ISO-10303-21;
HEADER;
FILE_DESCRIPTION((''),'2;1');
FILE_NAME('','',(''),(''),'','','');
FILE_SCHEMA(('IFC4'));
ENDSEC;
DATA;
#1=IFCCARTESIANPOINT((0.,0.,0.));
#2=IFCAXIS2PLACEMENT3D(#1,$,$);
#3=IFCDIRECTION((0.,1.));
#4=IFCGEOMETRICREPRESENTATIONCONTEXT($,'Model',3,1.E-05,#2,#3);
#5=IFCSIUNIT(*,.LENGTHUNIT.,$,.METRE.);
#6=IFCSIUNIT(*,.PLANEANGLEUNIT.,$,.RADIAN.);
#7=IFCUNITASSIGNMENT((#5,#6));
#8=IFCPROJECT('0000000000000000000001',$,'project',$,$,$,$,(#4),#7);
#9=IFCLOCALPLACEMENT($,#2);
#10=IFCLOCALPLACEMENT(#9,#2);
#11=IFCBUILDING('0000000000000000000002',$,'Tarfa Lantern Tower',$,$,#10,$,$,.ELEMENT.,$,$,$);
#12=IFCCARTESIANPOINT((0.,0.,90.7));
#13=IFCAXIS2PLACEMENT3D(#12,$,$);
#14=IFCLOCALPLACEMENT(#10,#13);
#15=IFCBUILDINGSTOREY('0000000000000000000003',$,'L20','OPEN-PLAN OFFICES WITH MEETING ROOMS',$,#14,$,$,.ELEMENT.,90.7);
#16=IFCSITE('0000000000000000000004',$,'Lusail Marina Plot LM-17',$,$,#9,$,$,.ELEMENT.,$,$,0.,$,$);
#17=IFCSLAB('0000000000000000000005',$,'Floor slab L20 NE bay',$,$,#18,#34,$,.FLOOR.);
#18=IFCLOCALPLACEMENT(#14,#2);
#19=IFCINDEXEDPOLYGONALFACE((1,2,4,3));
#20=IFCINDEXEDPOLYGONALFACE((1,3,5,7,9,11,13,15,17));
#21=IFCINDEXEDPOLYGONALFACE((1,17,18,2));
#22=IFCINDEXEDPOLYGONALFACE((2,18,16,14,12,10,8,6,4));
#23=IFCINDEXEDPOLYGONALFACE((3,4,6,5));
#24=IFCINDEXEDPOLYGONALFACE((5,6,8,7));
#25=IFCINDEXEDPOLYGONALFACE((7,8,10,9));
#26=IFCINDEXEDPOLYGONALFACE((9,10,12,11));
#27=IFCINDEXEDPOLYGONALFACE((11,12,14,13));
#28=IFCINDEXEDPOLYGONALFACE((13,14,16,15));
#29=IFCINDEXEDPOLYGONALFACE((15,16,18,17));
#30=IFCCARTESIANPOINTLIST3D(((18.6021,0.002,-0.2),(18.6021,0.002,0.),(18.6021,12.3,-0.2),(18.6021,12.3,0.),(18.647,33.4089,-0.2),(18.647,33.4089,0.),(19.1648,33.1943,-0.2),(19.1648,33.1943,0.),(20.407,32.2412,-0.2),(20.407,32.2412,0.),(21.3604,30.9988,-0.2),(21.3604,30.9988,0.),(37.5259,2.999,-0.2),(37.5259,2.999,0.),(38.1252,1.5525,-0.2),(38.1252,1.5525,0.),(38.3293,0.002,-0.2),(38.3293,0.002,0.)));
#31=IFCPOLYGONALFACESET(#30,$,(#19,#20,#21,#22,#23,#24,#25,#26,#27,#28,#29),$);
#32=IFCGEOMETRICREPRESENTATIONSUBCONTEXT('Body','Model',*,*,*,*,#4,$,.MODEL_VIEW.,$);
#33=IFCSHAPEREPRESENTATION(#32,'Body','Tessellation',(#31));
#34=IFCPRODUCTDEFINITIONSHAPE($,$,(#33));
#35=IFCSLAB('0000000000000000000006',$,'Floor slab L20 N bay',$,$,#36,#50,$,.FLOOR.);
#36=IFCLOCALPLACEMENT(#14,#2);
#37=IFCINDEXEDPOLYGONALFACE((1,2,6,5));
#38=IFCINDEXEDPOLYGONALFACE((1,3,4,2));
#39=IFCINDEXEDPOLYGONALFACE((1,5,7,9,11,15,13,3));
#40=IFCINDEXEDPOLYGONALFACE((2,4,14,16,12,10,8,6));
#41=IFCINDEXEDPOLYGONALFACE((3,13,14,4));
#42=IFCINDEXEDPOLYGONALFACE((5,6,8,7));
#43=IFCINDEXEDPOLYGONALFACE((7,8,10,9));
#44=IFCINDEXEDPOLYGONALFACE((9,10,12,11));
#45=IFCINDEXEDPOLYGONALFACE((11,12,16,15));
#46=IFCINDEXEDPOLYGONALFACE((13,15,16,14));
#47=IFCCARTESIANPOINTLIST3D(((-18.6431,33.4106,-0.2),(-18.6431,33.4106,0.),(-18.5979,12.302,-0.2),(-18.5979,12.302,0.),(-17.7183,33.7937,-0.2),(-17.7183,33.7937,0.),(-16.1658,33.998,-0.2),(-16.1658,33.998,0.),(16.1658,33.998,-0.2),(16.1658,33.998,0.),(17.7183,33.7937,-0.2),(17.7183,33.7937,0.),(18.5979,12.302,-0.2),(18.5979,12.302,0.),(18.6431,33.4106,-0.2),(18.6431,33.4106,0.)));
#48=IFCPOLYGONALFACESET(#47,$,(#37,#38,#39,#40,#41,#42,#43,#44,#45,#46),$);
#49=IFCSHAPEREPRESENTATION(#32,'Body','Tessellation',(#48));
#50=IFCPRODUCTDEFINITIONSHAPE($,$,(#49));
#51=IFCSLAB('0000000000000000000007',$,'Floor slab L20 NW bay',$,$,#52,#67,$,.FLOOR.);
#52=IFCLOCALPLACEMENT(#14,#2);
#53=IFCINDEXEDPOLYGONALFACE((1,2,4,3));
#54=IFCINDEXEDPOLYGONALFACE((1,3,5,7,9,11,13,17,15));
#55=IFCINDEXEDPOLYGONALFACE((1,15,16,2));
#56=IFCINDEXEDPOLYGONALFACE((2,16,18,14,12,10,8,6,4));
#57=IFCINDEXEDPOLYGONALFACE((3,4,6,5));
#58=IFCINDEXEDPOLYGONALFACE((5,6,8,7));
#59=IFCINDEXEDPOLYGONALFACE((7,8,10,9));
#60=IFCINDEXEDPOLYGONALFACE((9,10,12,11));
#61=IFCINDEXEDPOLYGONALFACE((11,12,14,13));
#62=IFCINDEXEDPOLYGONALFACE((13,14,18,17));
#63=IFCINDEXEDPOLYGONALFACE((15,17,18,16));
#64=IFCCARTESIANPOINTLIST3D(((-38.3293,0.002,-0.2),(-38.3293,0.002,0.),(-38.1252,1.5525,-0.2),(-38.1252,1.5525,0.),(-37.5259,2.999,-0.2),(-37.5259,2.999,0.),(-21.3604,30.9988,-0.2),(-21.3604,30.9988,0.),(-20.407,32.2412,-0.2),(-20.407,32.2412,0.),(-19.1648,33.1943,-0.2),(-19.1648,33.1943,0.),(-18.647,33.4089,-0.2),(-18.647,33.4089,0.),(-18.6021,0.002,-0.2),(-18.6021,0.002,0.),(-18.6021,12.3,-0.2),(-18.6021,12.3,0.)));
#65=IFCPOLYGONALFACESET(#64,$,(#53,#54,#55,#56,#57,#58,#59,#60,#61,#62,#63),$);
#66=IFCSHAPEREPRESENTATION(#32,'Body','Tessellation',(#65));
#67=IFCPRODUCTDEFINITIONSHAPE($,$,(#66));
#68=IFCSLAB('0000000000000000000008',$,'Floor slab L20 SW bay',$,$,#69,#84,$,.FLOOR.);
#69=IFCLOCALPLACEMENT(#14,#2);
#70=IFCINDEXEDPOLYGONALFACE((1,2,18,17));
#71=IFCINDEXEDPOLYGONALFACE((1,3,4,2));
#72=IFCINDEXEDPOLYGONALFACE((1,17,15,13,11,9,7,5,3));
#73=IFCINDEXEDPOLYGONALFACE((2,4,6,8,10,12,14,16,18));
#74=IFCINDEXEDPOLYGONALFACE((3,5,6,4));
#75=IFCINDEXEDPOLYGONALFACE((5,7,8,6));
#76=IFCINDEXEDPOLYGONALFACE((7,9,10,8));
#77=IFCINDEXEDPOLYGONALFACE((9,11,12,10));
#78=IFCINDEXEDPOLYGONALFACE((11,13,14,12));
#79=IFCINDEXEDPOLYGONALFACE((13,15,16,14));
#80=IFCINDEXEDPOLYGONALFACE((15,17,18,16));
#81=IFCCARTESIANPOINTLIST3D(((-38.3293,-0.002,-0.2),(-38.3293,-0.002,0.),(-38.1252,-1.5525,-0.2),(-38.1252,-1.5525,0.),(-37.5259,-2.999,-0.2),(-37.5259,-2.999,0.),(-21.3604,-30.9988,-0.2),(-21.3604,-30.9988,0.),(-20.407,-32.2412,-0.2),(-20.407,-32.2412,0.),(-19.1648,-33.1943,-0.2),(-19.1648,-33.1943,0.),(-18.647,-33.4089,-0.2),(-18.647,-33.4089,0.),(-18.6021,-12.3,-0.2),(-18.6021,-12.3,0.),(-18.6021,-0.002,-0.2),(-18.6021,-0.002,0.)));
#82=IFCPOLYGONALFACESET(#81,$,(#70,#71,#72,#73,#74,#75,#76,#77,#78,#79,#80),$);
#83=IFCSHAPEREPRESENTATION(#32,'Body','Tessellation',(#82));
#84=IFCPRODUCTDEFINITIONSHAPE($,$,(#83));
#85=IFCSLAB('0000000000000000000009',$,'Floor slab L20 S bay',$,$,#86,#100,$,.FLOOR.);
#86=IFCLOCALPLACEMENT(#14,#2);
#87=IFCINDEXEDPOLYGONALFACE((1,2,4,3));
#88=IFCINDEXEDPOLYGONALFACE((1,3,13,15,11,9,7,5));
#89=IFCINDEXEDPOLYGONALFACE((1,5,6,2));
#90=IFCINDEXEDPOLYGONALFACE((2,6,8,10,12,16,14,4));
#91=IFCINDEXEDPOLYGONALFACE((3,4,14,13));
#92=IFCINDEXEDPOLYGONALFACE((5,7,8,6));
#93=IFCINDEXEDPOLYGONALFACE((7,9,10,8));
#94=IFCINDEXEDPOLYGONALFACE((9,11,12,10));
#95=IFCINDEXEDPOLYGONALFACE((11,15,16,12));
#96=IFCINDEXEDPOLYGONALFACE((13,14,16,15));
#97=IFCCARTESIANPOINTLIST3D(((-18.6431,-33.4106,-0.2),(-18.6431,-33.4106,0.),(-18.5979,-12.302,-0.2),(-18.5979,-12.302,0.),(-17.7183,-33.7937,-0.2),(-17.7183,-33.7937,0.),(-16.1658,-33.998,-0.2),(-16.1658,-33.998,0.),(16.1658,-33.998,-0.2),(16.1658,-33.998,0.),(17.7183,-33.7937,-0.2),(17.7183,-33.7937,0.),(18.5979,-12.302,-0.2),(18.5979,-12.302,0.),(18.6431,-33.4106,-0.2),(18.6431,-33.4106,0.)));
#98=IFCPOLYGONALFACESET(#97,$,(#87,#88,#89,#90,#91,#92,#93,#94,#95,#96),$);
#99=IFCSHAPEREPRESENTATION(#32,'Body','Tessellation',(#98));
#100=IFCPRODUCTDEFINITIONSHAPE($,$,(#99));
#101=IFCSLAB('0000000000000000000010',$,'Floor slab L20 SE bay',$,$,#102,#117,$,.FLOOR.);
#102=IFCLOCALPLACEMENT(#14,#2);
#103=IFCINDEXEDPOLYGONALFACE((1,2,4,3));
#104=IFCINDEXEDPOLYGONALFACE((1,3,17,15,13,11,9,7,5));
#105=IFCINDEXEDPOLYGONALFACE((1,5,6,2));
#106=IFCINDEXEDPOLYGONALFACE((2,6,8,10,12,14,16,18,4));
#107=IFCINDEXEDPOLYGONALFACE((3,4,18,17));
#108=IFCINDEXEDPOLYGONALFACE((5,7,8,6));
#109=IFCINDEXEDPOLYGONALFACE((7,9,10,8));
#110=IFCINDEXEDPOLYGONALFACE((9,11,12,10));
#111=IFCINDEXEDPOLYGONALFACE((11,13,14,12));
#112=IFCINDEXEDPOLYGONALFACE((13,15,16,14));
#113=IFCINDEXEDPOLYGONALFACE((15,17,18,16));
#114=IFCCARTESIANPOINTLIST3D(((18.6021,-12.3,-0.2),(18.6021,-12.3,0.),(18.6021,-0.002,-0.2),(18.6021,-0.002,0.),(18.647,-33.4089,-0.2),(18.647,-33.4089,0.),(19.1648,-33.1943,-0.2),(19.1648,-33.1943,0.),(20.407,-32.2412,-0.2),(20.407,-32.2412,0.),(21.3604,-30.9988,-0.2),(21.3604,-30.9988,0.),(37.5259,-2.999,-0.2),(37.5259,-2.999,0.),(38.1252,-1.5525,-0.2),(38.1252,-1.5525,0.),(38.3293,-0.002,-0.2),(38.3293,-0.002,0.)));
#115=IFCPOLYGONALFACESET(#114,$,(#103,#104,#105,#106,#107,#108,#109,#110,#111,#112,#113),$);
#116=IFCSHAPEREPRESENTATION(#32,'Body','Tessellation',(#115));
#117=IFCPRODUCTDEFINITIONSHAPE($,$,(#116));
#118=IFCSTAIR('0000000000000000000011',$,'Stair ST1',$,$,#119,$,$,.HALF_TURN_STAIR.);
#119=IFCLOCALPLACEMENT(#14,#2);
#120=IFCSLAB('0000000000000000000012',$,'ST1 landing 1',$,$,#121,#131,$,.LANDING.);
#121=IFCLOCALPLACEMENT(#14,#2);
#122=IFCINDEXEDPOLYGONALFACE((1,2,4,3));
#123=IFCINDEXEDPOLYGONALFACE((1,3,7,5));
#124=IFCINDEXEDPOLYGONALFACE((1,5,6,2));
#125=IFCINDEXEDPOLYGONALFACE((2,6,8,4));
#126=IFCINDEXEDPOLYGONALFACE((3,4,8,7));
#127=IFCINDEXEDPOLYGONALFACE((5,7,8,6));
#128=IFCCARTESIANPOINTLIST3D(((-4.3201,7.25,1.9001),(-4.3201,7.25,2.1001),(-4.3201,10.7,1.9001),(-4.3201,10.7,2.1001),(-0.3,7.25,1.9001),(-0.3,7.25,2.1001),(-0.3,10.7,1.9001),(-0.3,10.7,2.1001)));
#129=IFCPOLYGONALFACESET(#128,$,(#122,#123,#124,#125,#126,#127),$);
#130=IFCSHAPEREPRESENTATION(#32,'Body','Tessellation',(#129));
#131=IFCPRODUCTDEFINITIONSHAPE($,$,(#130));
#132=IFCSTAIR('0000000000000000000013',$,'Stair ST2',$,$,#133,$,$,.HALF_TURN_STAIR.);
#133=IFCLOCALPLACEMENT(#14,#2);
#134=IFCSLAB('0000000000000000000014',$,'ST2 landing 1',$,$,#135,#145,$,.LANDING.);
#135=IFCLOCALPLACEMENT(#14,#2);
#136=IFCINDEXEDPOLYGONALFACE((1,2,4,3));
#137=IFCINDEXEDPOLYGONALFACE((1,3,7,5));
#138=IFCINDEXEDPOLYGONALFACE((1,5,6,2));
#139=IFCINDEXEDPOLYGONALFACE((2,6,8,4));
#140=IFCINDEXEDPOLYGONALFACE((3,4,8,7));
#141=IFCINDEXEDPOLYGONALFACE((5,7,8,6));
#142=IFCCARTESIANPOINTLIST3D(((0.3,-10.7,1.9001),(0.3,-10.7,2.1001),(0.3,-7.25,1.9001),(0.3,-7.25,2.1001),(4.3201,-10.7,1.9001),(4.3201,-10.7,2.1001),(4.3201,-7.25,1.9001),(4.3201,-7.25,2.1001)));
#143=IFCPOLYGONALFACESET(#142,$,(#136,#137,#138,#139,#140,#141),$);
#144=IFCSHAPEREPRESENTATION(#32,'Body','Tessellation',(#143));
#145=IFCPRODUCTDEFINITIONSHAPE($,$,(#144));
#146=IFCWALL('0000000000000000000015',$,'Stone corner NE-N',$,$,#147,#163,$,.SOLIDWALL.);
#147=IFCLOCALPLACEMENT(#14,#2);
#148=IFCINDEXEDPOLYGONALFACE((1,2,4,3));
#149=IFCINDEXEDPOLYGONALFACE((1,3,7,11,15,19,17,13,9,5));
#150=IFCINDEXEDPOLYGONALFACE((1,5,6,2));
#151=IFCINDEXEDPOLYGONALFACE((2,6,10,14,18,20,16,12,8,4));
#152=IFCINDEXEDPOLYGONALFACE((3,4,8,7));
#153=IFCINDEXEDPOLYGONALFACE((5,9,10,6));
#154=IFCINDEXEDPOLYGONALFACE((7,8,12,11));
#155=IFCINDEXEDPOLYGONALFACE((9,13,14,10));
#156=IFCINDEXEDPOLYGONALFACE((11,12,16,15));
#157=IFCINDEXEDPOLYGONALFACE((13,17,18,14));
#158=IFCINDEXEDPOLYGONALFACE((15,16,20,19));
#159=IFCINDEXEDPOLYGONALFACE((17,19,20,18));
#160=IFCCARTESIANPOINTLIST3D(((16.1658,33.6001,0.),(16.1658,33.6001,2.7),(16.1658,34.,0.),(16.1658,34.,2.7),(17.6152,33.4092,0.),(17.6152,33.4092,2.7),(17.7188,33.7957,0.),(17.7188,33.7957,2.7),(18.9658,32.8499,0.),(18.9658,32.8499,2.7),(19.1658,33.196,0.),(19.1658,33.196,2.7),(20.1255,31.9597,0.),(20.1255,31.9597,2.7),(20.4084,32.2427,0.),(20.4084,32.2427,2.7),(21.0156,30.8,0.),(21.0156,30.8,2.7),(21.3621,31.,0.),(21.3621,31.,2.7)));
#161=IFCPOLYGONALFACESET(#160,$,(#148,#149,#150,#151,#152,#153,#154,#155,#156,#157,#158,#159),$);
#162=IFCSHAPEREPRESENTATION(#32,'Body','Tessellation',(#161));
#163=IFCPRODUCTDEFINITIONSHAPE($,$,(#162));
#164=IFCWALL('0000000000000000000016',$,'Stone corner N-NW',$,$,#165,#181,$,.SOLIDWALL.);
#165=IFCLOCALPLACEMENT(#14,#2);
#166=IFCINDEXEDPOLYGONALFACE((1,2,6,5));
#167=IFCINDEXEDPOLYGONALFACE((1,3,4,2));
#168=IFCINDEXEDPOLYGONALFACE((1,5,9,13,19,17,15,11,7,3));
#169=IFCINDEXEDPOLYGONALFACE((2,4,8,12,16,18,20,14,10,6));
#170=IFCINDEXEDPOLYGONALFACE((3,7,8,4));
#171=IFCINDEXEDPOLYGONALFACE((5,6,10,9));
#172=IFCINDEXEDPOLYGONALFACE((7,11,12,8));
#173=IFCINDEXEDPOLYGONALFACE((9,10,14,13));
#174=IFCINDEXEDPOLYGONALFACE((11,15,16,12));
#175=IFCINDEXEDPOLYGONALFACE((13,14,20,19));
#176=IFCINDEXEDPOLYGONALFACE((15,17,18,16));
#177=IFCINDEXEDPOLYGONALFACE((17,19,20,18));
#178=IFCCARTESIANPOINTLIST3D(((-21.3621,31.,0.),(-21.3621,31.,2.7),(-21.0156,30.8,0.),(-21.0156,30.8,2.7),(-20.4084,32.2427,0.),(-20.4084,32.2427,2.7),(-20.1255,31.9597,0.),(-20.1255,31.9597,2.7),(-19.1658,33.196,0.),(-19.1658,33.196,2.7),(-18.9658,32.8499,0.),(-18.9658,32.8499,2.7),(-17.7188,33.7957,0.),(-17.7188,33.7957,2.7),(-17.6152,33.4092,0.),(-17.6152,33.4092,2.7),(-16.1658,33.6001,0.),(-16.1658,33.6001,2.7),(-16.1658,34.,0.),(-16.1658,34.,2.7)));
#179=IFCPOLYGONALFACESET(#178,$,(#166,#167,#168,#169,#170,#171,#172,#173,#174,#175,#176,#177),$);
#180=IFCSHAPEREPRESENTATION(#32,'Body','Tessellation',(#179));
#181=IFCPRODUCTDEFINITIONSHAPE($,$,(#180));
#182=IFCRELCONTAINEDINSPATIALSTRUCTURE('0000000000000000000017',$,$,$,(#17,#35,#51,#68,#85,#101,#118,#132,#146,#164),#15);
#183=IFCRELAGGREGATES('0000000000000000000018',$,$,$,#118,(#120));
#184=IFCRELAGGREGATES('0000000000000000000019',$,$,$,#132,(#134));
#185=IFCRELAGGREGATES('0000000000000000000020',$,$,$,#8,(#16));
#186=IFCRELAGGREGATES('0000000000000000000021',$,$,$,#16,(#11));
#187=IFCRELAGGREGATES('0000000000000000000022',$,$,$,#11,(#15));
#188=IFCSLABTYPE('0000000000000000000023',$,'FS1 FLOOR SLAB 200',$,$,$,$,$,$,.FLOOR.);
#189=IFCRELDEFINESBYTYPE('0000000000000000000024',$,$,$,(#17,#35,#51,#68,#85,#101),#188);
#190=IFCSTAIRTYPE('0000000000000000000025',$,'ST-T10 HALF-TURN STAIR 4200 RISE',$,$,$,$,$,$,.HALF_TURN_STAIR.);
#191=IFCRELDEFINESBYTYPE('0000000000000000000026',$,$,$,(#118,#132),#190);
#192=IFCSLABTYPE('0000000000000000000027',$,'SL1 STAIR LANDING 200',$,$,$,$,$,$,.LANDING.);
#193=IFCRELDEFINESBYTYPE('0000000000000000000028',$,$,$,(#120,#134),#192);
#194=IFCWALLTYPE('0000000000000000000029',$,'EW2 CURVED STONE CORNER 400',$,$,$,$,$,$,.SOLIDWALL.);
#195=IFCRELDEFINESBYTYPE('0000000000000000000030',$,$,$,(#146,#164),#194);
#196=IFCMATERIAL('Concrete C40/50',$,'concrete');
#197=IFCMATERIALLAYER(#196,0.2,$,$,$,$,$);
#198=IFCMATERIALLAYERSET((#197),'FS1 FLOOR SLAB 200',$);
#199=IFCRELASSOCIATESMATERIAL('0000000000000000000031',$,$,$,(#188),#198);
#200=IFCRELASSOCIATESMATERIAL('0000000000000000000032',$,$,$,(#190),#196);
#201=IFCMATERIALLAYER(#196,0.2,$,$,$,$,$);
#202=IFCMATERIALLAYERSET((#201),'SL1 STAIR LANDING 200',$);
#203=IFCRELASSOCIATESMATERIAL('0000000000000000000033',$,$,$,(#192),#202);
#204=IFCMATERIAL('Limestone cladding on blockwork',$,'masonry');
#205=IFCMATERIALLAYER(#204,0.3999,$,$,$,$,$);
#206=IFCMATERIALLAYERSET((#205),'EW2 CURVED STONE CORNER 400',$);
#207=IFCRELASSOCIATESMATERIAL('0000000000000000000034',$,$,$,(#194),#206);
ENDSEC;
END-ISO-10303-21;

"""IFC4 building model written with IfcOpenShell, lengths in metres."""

from ifc_helpers import new_model, si_unit, direction, frame, origin, place, context, subcontext, project, spatial, polyline, outline, extrude, material, layer, layer_set, type_object, element, aggregate, save


model = new_model("IFC4")

# Units and contexts
model_context = context("Model", 3, precision=1e-05, world=origin(), true_north=direction((0.0, 1.0)))
body_context = subcontext(model_context, "Body", "Model", "MODEL_VIEW")
ifc_project = project(units=[si_unit("LENGTHUNIT", "METRE"), si_unit("PLANEANGLEUNIT", "RADIAN")], contexts=[model_context])

# Site, building, storey
site_placement = place(None, origin())
site = spatial("IfcSite", under=ifc_project, at=site_placement, Name="Lusail Marina Plot LM-17", CompositionType="ELEMENT", RefElevation=0.0)
building_placement = place(site_placement, origin())
building = spatial("IfcBuilding", under=site, at=building_placement, Name="Tarfa Lantern Tower", CompositionType="ELEMENT")
storey_placement = place(building_placement, frame((0.0, 0.0, 90.7)))
storey = spatial("IfcBuildingStorey", under=building, at=storey_placement, Name="L20", Description="OPEN-PLAN OFFICES WITH MEETING ROOMS", CompositionType="ELEMENT", Elevation=90.7)

# Slabs
ifc_material_1 = material(Name="Concrete C40/50", Category="concrete")
ifc_layer_1 = layer(ifc_material_1, 0.2)
ifc_layer_set_1 = layer_set([ifc_layer_1], Name="FS1 FLOOR SLAB 200")
slab_type_1 = type_object("IfcSlabType", Name="FS1 FLOOR SLAB 200", PredefinedType="FLOOR", material=ifc_layer_set_1)
slab_1_placement = place(storey_placement, frame((0.0, 0.0, -0.2)))
element("IfcSlab", 1, at=slab_1_placement, inside=storey, type_object=slab_type_1, Name="Floor slab L20 NE bay", PredefinedType="FLOOR", context=body_context, shape_type="SweptSolid", body=[
    extrude(outline(polyline([(37.5259, 2.999), (21.3604, 30.9988), (20.407, 32.2412), (19.1648, 33.1943), (18.647, 33.4089), (18.6021, 12.3), (18.6021, 0.002), (38.3293, 0.002), (38.1252, 1.5525), (37.5259, 2.999)])), origin(), (0.0, 0.0, 1.0), 0.2),
])
slab_2_placement = place(storey_placement, frame((0.0, 0.0, -0.2)))
element("IfcSlab", 2, at=slab_2_placement, inside=storey, type_object=slab_type_1, Name="Floor slab L20 N bay", PredefinedType="FLOOR", context=body_context, shape_type="SweptSolid", body=[
    extrude(outline(polyline([(-18.5979, 12.302), (18.5979, 12.302), (18.6431, 33.4106), (17.7183, 33.7937), (16.1658, 33.998), (-16.1658, 33.998), (-17.7183, 33.7937), (-18.6431, 33.4106), (-18.5979, 12.302)])), origin(), (0.0, 0.0, 1.0), 0.2),
])
slab_3_placement = place(storey_placement, frame((0.0, 0.0, -0.2)))
element("IfcSlab", 3, at=slab_3_placement, inside=storey, type_object=slab_type_1, Name="Floor slab L20 NW bay", PredefinedType="FLOOR", context=body_context, shape_type="SweptSolid", body=[
    extrude(outline(polyline([(-18.6021, 0.002), (-18.6021, 12.3), (-18.647, 33.4089), (-19.1648, 33.1943), (-20.407, 32.2412), (-21.3604, 30.9988), (-37.5259, 2.999), (-38.1252, 1.5525), (-38.3293, 0.002), (-18.6021, 0.002)])), origin(), (0.0, 0.0, 1.0), 0.2),
])
slab_4_placement = place(storey_placement, frame((0.0, 0.0, -0.2)))
element("IfcSlab", 4, at=slab_4_placement, inside=storey, type_object=slab_type_1, Name="Floor slab L20 SW bay", PredefinedType="FLOOR", context=body_context, shape_type="SweptSolid", body=[
    extrude(outline(polyline([(-18.6021, -12.3), (-18.6021, -0.002), (-38.3293, -0.002), (-38.1252, -1.5525), (-37.5259, -2.999), (-21.3604, -30.9988), (-20.407, -32.2412), (-19.1648, -33.1943), (-18.647, -33.4089), (-18.6021, -12.3)])), origin(), (0.0, 0.0, 1.0), 0.2),
])
slab_5_placement = place(storey_placement, frame((0.0, 0.0, -0.2)))
element("IfcSlab", 5, at=slab_5_placement, inside=storey, type_object=slab_type_1, Name="Floor slab L20 S bay", PredefinedType="FLOOR", context=body_context, shape_type="SweptSolid", body=[
    extrude(outline(polyline([(18.5979, -12.302), (-18.5979, -12.302), (-18.6431, -33.4106), (-17.7183, -33.7937), (-16.1658, -33.998), (16.1658, -33.998), (17.7183, -33.7937), (18.6431, -33.4106), (18.5979, -12.302)])), origin(), (0.0, 0.0, 1.0), 0.2),
])
slab_6_placement = place(storey_placement, frame((0.0, 0.0, -0.2)))
element("IfcSlab", 6, at=slab_6_placement, inside=storey, type_object=slab_type_1, Name="Floor slab L20 SE bay", PredefinedType="FLOOR", context=body_context, shape_type="SweptSolid", body=[
    extrude(outline(polyline([(18.6021, -0.002), (18.6021, -12.3), (18.647, -33.4089), (19.1648, -33.1943), (20.407, -32.2412), (21.3604, -30.9988), (37.5259, -2.999), (38.1252, -1.5525), (38.3293, -0.002), (18.6021, -0.002)])), origin(), (0.0, 0.0, 1.0), 0.2),
])

# Stairs, slabs
stair_type = type_object("IfcStairType", Name="ST-T10 HALF-TURN STAIR 4200 RISE", PredefinedType="HALF_TURN_STAIR", material=ifc_material_1)
stair_1_placement = place(storey_placement, origin())
stair_1 = element("IfcStair", 7, at=stair_1_placement, inside=storey, type_object=stair_type, Name="Stair ST1", PredefinedType="HALF_TURN_STAIR")
ifc_layer_2 = layer(ifc_material_1, 0.2)
ifc_layer_set_2 = layer_set([ifc_layer_2], Name="SL1 STAIR LANDING 200")
slab_type_2 = type_object("IfcSlabType", Name="SL1 STAIR LANDING 200", PredefinedType="LANDING", material=ifc_layer_set_2)
slab_7_placement = place(storey_placement, frame((0.0, 0.0, 1.9001)))
slab_7 = element("IfcSlab", 8, at=slab_7_placement, type_object=slab_type_2, Name="ST1 landing 1", PredefinedType="LANDING", context=body_context, shape_type="SweptSolid", body=[
    extrude(outline(polyline([(-4.3201, 7.25), (-0.3, 7.25), (-0.3, 10.7), (-4.3201, 10.7), (-4.3201, 7.25)])), origin(), (0.0, 0.0, 1.0), 0.2),
])
aggregate(stair_1, [slab_7])
stair_2_placement = place(storey_placement, origin())
stair_2 = element("IfcStair", 9, at=stair_2_placement, inside=storey, type_object=stair_type, Name="Stair ST2", PredefinedType="HALF_TURN_STAIR")
slab_8_placement = place(storey_placement, frame((0.0, 0.0, 1.9001)))
slab_8 = element("IfcSlab", 10, at=slab_8_placement, type_object=slab_type_2, Name="ST2 landing 1", PredefinedType="LANDING", context=body_context, shape_type="SweptSolid", body=[
    extrude(outline(polyline([(4.3201, -7.25), (0.3, -7.25), (0.3, -10.7), (4.3201, -10.7), (4.3201, -7.25)])), origin(), (0.0, 0.0, 1.0), 0.2),
])
aggregate(stair_2, [slab_8])

# Walls
ifc_material_2 = material(Name="Limestone cladding on blockwork", Category="masonry")
ifc_layer_3 = layer(ifc_material_2, 0.3999)
ifc_layer_set_3 = layer_set([ifc_layer_3], Name="EW2 CURVED STONE CORNER 400")
wall_type_1 = type_object("IfcWallType", Name="EW2 CURVED STONE CORNER 400", PredefinedType="SOLIDWALL", material=ifc_layer_set_3)
wall_1_placement = place(storey_placement, origin())
element("IfcWall", 11, at=wall_1_placement, inside=storey, type_object=wall_type_1, Name="Stone corner NE-N", PredefinedType="SOLIDWALL", context=body_context, shape_type="SweptSolid", body=[
    extrude(outline(polyline([(21.3621, 31.0), (20.4084, 32.2427), (19.1658, 33.196), (17.7188, 33.7957), (16.1658, 34.0), (16.1658, 33.6001), (17.6152, 33.4092), (18.9658, 32.8499), (20.1255, 31.9597), (21.0156, 30.8), (21.3621, 31.0)])), origin(), (0.0, 0.0, 1.0), 2.7),
])
wall_2_placement = place(storey_placement, origin())
element("IfcWall", 12, at=wall_2_placement, inside=storey, type_object=wall_type_1, Name="Stone corner N-NW", PredefinedType="SOLIDWALL", context=body_context, shape_type="SweptSolid", body=[
    extrude(outline(polyline([(-16.1658, 34.0), (-17.7188, 33.7957), (-19.1658, 33.196), (-20.4084, 32.2427), (-21.3621, 31.0), (-21.0156, 30.8), (-20.1255, 31.9597), (-18.9658, 32.8499), (-17.6152, 33.4092), (-16.1658, 33.6001), (-16.1658, 34.0)])), origin(), (0.0, 0.0, 1.0), 2.7),
])

save(model, "model.ifc")
